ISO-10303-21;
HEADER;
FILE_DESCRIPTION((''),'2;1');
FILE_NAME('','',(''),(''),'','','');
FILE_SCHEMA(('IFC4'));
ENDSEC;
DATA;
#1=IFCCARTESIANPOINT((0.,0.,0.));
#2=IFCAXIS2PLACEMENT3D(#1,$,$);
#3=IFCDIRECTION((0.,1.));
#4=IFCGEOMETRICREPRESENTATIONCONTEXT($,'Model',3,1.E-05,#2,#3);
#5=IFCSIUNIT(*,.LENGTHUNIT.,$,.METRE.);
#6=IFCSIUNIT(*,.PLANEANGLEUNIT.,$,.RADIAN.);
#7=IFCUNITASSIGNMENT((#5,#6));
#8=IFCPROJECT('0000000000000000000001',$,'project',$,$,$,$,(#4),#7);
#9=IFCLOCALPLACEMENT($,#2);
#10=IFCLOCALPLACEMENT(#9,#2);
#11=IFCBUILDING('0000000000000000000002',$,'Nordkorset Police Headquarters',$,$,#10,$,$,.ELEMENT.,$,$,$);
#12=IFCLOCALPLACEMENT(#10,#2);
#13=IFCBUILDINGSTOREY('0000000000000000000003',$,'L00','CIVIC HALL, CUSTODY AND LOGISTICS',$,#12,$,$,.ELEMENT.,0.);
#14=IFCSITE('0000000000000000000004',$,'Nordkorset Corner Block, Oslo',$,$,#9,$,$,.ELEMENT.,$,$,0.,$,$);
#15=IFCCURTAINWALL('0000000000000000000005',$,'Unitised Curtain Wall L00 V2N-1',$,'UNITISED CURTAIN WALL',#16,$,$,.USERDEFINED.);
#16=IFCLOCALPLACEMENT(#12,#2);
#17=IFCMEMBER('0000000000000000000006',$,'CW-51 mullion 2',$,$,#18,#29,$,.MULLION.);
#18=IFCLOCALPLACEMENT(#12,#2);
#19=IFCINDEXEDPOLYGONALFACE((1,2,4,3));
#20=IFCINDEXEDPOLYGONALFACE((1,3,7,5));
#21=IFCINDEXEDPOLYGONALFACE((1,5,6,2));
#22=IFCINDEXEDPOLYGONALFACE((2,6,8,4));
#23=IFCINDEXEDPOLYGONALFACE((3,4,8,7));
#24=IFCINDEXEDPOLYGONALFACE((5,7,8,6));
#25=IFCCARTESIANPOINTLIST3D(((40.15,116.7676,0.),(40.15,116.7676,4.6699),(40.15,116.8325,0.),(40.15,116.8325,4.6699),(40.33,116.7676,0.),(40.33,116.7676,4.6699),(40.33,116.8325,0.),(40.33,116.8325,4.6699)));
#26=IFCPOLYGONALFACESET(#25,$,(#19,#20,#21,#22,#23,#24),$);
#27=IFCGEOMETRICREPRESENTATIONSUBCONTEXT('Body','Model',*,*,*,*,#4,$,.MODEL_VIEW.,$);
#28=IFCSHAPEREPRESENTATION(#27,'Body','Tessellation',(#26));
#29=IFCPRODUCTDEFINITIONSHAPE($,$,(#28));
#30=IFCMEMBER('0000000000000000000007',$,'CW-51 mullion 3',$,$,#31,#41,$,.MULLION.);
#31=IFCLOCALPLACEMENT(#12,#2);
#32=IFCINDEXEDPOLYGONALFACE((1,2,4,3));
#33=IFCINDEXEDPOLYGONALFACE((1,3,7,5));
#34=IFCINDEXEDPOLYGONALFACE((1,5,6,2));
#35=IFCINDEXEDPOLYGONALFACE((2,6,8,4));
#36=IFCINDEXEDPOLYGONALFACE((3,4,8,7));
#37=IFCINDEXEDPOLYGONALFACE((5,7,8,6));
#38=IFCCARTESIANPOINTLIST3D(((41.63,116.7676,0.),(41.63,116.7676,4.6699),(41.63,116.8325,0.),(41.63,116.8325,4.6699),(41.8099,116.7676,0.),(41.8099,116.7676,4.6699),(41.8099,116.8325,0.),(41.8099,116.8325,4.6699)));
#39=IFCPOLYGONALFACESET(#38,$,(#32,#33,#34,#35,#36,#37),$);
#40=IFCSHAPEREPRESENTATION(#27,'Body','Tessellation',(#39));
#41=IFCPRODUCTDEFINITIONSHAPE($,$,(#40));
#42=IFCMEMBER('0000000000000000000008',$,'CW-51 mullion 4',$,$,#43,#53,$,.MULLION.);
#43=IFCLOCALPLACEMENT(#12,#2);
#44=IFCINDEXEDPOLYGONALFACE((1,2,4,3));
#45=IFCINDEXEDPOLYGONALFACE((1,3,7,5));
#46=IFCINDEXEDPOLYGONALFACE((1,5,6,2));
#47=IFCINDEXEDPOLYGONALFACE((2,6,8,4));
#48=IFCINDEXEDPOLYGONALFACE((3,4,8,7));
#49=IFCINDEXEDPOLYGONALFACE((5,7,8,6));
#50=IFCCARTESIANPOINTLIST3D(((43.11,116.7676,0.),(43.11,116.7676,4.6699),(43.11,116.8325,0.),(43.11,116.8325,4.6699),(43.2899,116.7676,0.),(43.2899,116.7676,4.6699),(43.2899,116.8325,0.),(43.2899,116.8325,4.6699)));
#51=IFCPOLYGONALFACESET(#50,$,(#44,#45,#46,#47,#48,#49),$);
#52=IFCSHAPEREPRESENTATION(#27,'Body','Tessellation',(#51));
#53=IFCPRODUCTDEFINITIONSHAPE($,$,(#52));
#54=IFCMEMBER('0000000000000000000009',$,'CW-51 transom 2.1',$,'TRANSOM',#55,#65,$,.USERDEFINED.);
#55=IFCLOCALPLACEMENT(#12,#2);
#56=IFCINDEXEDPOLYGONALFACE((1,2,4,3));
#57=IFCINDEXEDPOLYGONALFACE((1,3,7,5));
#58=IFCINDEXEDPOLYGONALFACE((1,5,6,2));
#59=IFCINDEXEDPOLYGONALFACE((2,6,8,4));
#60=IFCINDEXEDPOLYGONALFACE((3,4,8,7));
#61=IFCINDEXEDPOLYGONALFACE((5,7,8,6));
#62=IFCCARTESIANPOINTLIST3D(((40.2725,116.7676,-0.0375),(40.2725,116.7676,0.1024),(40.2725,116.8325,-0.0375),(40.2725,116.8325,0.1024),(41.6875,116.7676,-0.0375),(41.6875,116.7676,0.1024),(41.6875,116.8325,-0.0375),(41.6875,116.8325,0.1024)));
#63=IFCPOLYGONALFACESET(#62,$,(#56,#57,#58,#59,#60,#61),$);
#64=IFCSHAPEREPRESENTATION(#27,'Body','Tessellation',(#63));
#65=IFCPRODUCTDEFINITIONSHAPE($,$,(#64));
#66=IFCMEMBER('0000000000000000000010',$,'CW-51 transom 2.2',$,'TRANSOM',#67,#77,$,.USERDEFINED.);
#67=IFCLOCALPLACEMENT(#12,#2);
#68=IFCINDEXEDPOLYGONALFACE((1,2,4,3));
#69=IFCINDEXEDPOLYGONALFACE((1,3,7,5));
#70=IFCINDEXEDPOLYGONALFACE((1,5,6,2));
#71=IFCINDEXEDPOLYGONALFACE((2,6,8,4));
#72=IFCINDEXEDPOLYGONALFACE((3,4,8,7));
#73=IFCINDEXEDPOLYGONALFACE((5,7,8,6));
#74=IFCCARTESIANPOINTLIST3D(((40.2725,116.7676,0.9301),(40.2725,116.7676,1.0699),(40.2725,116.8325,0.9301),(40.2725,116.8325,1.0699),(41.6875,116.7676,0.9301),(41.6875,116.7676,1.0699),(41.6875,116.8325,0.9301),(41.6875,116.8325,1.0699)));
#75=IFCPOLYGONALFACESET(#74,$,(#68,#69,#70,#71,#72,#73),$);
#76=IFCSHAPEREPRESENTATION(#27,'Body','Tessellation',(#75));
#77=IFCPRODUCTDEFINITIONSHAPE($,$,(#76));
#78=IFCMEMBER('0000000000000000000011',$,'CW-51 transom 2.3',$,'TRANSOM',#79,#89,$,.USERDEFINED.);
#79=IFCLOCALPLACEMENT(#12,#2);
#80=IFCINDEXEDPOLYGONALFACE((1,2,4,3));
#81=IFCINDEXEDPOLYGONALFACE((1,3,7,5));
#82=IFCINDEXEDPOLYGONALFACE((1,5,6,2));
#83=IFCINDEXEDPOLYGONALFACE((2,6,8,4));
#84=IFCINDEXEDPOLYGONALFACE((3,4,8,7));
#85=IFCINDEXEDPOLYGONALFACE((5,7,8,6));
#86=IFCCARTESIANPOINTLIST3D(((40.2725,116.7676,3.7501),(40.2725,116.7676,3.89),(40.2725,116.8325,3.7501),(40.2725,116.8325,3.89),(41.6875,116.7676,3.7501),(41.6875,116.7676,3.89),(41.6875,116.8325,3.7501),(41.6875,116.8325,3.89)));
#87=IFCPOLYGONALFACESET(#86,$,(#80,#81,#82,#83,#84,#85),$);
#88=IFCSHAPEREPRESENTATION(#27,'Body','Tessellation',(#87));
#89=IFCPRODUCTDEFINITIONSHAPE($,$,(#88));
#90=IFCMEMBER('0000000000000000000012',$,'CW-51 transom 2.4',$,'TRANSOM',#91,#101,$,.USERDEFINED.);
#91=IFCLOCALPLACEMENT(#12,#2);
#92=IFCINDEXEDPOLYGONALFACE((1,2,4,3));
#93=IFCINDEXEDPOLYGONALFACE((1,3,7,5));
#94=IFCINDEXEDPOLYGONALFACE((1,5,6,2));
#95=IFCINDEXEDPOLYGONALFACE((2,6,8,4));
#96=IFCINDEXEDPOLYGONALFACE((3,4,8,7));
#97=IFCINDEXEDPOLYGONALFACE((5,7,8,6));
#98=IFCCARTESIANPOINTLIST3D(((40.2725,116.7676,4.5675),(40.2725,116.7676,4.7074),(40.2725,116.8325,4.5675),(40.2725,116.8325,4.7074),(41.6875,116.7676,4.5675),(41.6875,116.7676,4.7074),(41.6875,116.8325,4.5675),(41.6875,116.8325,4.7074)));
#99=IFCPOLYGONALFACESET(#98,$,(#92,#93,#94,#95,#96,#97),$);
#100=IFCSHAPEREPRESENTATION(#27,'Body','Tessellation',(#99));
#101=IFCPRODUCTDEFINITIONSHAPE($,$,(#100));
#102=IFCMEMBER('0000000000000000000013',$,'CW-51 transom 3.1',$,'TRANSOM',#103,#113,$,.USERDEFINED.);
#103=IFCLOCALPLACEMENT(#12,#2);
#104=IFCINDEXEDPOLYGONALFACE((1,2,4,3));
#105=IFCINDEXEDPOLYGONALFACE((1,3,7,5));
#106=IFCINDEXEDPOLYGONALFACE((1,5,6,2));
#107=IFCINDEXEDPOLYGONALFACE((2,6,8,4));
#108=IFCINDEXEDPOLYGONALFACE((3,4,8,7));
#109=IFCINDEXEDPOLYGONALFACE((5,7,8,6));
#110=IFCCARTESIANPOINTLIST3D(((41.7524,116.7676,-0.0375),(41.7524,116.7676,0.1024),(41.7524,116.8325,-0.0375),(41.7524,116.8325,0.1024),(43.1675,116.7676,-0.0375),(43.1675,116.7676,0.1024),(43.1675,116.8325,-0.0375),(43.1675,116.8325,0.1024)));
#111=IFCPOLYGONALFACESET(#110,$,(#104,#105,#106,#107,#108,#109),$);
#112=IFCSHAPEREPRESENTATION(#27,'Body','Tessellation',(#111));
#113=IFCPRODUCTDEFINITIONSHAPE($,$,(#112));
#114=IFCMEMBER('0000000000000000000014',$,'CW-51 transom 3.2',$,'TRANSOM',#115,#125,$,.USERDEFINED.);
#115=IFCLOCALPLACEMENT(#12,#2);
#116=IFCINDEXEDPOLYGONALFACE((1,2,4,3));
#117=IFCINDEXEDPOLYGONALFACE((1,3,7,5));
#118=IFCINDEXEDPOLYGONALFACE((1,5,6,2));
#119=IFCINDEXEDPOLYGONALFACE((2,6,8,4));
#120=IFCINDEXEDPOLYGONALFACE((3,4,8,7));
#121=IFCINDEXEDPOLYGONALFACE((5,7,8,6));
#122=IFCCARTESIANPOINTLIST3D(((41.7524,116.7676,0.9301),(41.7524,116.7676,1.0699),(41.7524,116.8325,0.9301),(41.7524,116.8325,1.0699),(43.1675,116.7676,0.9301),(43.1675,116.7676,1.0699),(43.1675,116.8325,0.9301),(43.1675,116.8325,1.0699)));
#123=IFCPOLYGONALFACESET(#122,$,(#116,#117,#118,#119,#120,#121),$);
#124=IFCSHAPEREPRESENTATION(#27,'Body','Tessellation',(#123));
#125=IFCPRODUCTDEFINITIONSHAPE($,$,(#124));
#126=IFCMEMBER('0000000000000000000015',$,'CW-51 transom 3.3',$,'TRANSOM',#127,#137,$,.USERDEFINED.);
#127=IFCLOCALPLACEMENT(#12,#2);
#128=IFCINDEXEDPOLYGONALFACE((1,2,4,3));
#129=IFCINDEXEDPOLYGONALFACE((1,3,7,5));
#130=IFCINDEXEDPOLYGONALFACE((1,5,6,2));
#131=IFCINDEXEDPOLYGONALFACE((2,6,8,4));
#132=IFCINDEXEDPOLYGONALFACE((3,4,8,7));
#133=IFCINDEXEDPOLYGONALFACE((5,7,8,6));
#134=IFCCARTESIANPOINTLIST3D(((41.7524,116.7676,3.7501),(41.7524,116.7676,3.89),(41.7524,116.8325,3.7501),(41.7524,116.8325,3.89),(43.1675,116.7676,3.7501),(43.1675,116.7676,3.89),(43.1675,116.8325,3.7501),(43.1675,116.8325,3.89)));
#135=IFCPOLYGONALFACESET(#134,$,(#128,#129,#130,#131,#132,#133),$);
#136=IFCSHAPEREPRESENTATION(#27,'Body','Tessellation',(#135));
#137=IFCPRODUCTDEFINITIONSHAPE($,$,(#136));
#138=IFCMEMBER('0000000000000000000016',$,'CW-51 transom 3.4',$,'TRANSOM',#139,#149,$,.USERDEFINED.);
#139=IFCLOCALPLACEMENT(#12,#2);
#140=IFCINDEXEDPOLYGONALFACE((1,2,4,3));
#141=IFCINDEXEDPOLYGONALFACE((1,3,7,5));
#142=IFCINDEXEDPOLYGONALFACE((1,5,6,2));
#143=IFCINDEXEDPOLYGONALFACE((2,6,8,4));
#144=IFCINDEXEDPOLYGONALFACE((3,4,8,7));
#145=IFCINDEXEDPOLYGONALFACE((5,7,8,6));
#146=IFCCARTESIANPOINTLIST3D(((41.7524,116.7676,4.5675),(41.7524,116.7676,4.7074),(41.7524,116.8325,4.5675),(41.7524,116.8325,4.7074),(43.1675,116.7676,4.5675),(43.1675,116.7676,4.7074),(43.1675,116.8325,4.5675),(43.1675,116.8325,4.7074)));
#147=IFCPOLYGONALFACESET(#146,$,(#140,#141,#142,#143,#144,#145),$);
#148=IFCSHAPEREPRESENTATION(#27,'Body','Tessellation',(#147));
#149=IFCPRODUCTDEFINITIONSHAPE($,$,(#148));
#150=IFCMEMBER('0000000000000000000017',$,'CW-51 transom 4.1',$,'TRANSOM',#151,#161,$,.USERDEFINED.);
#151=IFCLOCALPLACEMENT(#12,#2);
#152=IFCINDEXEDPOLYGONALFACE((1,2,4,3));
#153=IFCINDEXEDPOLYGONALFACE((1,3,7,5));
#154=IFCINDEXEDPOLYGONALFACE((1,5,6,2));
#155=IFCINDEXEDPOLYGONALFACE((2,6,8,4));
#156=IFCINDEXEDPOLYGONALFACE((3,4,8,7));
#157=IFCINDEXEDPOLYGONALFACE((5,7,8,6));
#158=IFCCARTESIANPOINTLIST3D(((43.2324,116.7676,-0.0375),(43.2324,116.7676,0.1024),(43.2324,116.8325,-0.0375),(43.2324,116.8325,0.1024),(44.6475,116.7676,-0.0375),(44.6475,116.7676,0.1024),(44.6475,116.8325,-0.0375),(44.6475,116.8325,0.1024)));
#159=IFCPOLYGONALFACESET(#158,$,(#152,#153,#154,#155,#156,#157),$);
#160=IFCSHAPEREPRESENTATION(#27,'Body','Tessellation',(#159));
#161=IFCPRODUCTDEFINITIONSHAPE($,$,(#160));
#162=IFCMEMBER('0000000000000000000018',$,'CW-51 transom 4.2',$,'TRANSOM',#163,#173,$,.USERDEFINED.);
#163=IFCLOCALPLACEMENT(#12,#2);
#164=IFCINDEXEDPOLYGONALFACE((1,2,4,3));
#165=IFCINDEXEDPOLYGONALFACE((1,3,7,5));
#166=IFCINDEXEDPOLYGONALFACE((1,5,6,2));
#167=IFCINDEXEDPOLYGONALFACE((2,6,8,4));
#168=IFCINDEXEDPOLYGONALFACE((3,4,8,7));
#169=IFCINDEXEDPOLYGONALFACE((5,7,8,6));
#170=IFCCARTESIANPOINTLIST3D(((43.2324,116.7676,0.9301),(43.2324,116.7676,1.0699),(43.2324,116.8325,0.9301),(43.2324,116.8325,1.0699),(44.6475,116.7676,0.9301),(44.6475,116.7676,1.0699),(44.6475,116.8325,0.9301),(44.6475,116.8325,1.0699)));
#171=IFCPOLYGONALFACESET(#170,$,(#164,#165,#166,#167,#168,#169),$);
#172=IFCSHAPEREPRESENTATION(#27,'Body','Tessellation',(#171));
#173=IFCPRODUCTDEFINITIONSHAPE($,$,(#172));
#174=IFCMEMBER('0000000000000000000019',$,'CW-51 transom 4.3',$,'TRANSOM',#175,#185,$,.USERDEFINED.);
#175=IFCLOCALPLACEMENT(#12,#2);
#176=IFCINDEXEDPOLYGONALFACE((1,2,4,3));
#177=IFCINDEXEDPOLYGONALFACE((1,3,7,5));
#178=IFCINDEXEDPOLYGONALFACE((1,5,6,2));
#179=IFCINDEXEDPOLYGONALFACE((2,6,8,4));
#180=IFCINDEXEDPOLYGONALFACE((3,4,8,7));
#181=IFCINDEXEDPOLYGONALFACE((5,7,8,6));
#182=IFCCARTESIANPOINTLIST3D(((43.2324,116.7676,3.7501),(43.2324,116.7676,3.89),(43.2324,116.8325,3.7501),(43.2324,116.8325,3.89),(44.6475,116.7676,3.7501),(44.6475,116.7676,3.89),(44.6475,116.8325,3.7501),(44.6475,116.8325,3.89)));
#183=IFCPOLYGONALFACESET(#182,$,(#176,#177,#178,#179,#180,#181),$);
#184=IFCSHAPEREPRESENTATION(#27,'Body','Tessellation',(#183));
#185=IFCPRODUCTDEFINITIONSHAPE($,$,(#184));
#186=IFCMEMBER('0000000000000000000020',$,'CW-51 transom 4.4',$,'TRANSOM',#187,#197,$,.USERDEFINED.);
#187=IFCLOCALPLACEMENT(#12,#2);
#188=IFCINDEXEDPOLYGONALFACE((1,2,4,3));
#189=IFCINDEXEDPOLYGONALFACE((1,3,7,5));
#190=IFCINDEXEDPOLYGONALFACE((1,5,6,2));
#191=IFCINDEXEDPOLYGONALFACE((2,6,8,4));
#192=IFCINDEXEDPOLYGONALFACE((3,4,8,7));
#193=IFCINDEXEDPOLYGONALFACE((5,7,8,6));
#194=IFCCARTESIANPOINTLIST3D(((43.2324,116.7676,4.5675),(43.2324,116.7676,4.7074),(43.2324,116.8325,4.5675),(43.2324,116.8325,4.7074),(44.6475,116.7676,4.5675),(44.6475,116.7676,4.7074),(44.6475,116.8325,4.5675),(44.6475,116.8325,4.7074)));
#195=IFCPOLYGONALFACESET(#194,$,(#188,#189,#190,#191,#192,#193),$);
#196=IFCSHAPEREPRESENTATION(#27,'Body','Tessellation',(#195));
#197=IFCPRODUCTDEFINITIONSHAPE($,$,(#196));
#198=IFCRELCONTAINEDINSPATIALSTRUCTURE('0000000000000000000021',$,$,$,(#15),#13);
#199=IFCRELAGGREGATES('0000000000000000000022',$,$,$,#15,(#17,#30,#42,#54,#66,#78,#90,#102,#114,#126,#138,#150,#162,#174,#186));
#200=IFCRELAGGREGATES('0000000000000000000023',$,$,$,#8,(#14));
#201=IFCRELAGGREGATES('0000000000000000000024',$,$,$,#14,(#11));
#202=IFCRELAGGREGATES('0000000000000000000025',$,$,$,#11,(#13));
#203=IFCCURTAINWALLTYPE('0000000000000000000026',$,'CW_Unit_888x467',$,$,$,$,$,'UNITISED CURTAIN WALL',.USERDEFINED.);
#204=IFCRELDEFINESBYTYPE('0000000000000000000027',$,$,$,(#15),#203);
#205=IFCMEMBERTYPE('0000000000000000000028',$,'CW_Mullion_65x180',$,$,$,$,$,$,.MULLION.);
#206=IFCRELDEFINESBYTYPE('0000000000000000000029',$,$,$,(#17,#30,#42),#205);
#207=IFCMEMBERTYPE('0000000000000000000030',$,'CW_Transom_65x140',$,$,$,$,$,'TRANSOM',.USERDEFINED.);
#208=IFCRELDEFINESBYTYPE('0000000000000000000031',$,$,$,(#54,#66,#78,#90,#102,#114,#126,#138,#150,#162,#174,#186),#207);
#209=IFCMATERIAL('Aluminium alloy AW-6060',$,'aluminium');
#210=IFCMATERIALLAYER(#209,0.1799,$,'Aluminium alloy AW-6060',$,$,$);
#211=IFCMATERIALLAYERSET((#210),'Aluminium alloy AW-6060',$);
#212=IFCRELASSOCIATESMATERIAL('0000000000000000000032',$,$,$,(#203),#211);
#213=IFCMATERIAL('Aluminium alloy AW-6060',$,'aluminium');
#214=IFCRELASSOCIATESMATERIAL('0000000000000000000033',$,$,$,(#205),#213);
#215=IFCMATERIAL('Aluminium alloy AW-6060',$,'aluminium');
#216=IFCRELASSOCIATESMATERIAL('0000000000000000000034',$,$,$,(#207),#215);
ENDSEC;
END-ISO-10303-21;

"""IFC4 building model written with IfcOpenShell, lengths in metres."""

from ifc_helpers import new_model, si_unit, direction, frame, origin, origin_2d, place, context, subcontext, project, spatial, rectangle, extrude, material, layer, layer_set, material_profile, profile_set, type_object, element, aggregate, save


model = new_model("IFC4")

# Units and contexts
model_context = context("Model", 3, precision=1e-05, world=origin(), true_north=direction((0.0, 1.0)))
body_context = subcontext(model_context, "Body", "Model", "MODEL_VIEW")
ifc_project = project(units=[si_unit("LENGTHUNIT", "METRE"), si_unit("PLANEANGLEUNIT", "RADIAN")], contexts=[model_context])

# Site, building, storey
site_placement = place(None, origin())
site = spatial("IfcSite", under=ifc_project, at=site_placement, Name="Nordkorset Corner Block, Oslo", CompositionType="ELEMENT", RefElevation=0.0)
building_placement = place(site_placement, origin())
building = spatial("IfcBuilding", under=site, at=building_placement, Name="Nordkorset Police Headquarters", CompositionType="ELEMENT")
storey_placement = place(building_placement, origin())
storey = spatial("IfcBuildingStorey", under=building, at=storey_placement, Name="L00", Description="CIVIC HALL, CUSTODY AND LOGISTICS", CompositionType="ELEMENT", Elevation=0.0)

# Curtain wall, members
ifc_material_1 = material(Name="Aluminium alloy AW-6060", Category="aluminium")
ifc_layer_1 = layer(ifc_material_1, 0.1799, Name="Aluminium alloy AW-6060")
ifc_layer_set_1 = layer_set([ifc_layer_1], Name="Aluminium alloy AW-6060")
curtain_wall_type = type_object("IfcCurtainWallType", Name="CW_Unit_888x467", ElementType="UNITISED CURTAIN WALL", PredefinedType="USERDEFINED", material=ifc_layer_set_1)
curtain_wall_placement = place(storey_placement, origin())
curtain_wall = element("IfcCurtainWall", 1, at=curtain_wall_placement, inside=storey, type_object=curtain_wall_type, Name="Unitised Curtain Wall L00 V2N-1", ObjectType="UNITISED CURTAIN WALL", PredefinedType="USERDEFINED")
ifc_material_2 = material(Name="Aluminium alloy AW-6060", Category="aluminium")
ifc_material_profile_1 = material_profile(ifc_material_2, rectangle(XDim=0.0649, YDim=0.1799, at=origin_2d()), Name="ALU MULL 65x180")
ifc_profile_set_1 = profile_set([ifc_material_profile_1], Name="Aluminium alloy AW-6060")
member_type_1 = type_object("IfcMemberType", Name="CW_Mullion_65x180", PredefinedType="MULLION", material=ifc_profile_set_1)
member_1_placement = place(storey_placement, frame((40.24, 116.8, 0.0), z_axis=(0.0, 0.0, 1.0), x_axis=(0.0, 1.0, 0.0)))
member_1 = element("IfcMember", 2, at=member_1_placement, type_object=member_type_1, Name="CW-51 mullion 2", PredefinedType="MULLION", context=body_context, shape_type="SweptSolid", body=[
    extrude(rectangle(XDim=0.0649, YDim=0.1799, at=origin_2d()), origin(), (0.0, 0.0, 1.0), 4.6699),
])
member_2_placement = place(storey_placement, frame((41.72, 116.8, 0.0), z_axis=(0.0, 0.0, 1.0), x_axis=(0.0, 1.0, 0.0)))
member_2 = element("IfcMember", 3, at=member_2_placement, type_object=member_type_1, Name="CW-51 mullion 3", PredefinedType="MULLION", context=body_context, shape_type="SweptSolid", body=[
    extrude(rectangle(XDim=0.0649, YDim=0.1799, at=origin_2d()), origin(), (0.0, 0.0, 1.0), 4.6699),
])
member_3_placement = place(storey_placement, frame((43.2, 116.8, 0.0), z_axis=(0.0, 0.0, 1.0), x_axis=(0.0, 1.0, 0.0)))
member_3 = element("IfcMember", 4, at=member_3_placement, type_object=member_type_1, Name="CW-51 mullion 4", PredefinedType="MULLION", context=body_context, shape_type="SweptSolid", body=[
    extrude(rectangle(XDim=0.0649, YDim=0.1799, at=origin_2d()), origin(), (0.0, 0.0, 1.0), 4.6699),
])
ifc_material_3 = material(Name="Aluminium alloy AW-6060", Category="aluminium")
ifc_material_profile_2 = material_profile(ifc_material_3, rectangle(XDim=0.0649, YDim=0.1399, at=origin_2d()), Name="ALU TRAN 65x140")
ifc_profile_set_2 = profile_set([ifc_material_profile_2], Name="Aluminium alloy AW-6060")
member_type_2 = type_object("IfcMemberType", Name="CW_Transom_65x140", ElementType="TRANSOM", PredefinedType="USERDEFINED", material=ifc_profile_set_2)
member_4_placement = place(storey_placement, frame((40.2725, 116.8, 0.0325), z_axis=(1.0, 0.0, 0.0), x_axis=(0.0, 1.0, 0.0)))
member_4 = element("IfcMember", 5, at=member_4_placement, type_object=member_type_2, Name="CW-51 transom 2.1", ObjectType="TRANSOM", PredefinedType="USERDEFINED", context=body_context, shape_type="SweptSolid", body=[
    extrude(rectangle(XDim=0.0649, YDim=0.1399, at=origin_2d()), origin(), (0.0, 0.0, 1.0), 1.415),
])
member_5_placement = place(storey_placement, frame((40.2725, 116.8, 1.0), z_axis=(1.0, 0.0, 0.0), x_axis=(0.0, 1.0, 0.0)))
member_5 = element("IfcMember", 6, at=member_5_placement, type_object=member_type_2, Name="CW-51 transom 2.2", ObjectType="TRANSOM", PredefinedType="USERDEFINED", context=body_context, shape_type="SweptSolid", body=[
    extrude(rectangle(XDim=0.0649, YDim=0.1399, at=origin_2d()), origin(), (0.0, 0.0, 1.0), 1.415),
])
member_6_placement = place(storey_placement, frame((40.2725, 116.8, 3.8201), z_axis=(1.0, 0.0, 0.0), x_axis=(0.0, 1.0, 0.0)))
member_6 = element("IfcMember", 7, at=member_6_placement, type_object=member_type_2, Name="CW-51 transom 2.3", ObjectType="TRANSOM", PredefinedType="USERDEFINED", context=body_context, shape_type="SweptSolid", body=[
    extrude(rectangle(XDim=0.0649, YDim=0.1399, at=origin_2d()), origin(), (0.0, 0.0, 1.0), 1.415),
])
member_7_placement = place(storey_placement, frame((40.2725, 116.8, 4.6375), z_axis=(1.0, 0.0, 0.0), x_axis=(0.0, 1.0, 0.0)))
member_7 = element("IfcMember", 8, at=member_7_placement, type_object=member_type_2, Name="CW-51 transom 2.4", ObjectType="TRANSOM", PredefinedType="USERDEFINED", context=body_context, shape_type="SweptSolid", body=[
    extrude(rectangle(XDim=0.0649, YDim=0.1399, at=origin_2d()), origin(), (0.0, 0.0, 1.0), 1.415),
])
member_8_placement = place(storey_placement, frame((41.7524, 116.8, 0.0325), z_axis=(1.0, 0.0, 0.0), x_axis=(0.0, 1.0, 0.0)))
member_8 = element("IfcMember", 9, at=member_8_placement, type_object=member_type_2, Name="CW-51 transom 3.1", ObjectType="TRANSOM", PredefinedType="USERDEFINED", context=body_context, shape_type="SweptSolid", body=[
    extrude(rectangle(XDim=0.0649, YDim=0.1399, at=origin_2d()), origin(), (0.0, 0.0, 1.0), 1.415),
])
member_9_placement = place(storey_placement, frame((41.7524, 116.8, 1.0), z_axis=(1.0, 0.0, 0.0), x_axis=(0.0, 1.0, 0.0)))
member_9 = element("IfcMember", 10, at=member_9_placement, type_object=member_type_2, Name="CW-51 transom 3.2", ObjectType="TRANSOM", PredefinedType="USERDEFINED", context=body_context, shape_type="SweptSolid", body=[
    extrude(rectangle(XDim=0.0649, YDim=0.1399, at=origin_2d()), origin(), (0.0, 0.0, 1.0), 1.415),
])
member_10_placement = place(storey_placement, frame((41.7524, 116.8, 3.8201), z_axis=(1.0, 0.0, 0.0), x_axis=(0.0, 1.0, 0.0)))
member_10 = element("IfcMember", 11, at=member_10_placement, type_object=member_type_2, Name="CW-51 transom 3.3", ObjectType="TRANSOM", PredefinedType="USERDEFINED", context=body_context, shape_type="SweptSolid", body=[
    extrude(rectangle(XDim=0.0649, YDim=0.1399, at=origin_2d()), origin(), (0.0, 0.0, 1.0), 1.415),
])
member_11_placement = place(storey_placement, frame((41.7524, 116.8, 4.6375), z_axis=(1.0, 0.0, 0.0), x_axis=(0.0, 1.0, 0.0)))
member_11 = element("IfcMember", 12, at=member_11_placement, type_object=member_type_2, Name="CW-51 transom 3.4", ObjectType="TRANSOM", PredefinedType="USERDEFINED", context=body_context, shape_type="SweptSolid", body=[
    extrude(rectangle(XDim=0.0649, YDim=0.1399, at=origin_2d()), origin(), (0.0, 0.0, 1.0), 1.415),
])
member_12_placement = place(storey_placement, frame((43.2324, 116.8, 0.0325), z_axis=(1.0, 0.0, 0.0), x_axis=(0.0, 1.0, 0.0)))
member_12 = element("IfcMember", 13, at=member_12_placement, type_object=member_type_2, Name="CW-51 transom 4.1", ObjectType="TRANSOM", PredefinedType="USERDEFINED", context=body_context, shape_type="SweptSolid", body=[
    extrude(rectangle(XDim=0.0649, YDim=0.1399, at=origin_2d()), origin(), (0.0, 0.0, 1.0), 1.415),
])
member_13_placement = place(storey_placement, frame((43.2324, 116.8, 1.0), z_axis=(1.0, 0.0, 0.0), x_axis=(0.0, 1.0, 0.0)))
member_13 = element("IfcMember", 14, at=member_13_placement, type_object=member_type_2, Name="CW-51 transom 4.2", ObjectType="TRANSOM", PredefinedType="USERDEFINED", context=body_context, shape_type="SweptSolid", body=[
    extrude(rectangle(XDim=0.0649, YDim=0.1399, at=origin_2d()), origin(), (0.0, 0.0, 1.0), 1.415),
])
member_14_placement = place(storey_placement, frame((43.2324, 116.8, 3.8201), z_axis=(1.0, 0.0, 0.0), x_axis=(0.0, 1.0, 0.0)))
member_14 = element("IfcMember", 15, at=member_14_placement, type_object=member_type_2, Name="CW-51 transom 4.3", ObjectType="TRANSOM", PredefinedType="USERDEFINED", context=body_context, shape_type="SweptSolid", body=[
    extrude(rectangle(XDim=0.0649, YDim=0.1399, at=origin_2d()), origin(), (0.0, 0.0, 1.0), 1.415),
])
member_15_placement = place(storey_placement, frame((43.2324, 116.8, 4.6375), z_axis=(1.0, 0.0, 0.0), x_axis=(0.0, 1.0, 0.0)))
member_15 = element("IfcMember", 16, at=member_15_placement, type_object=member_type_2, Name="CW-51 transom 4.4", ObjectType="TRANSOM", PredefinedType="USERDEFINED", context=body_context, shape_type="SweptSolid", body=[
    extrude(rectangle(XDim=0.0649, YDim=0.1399, at=origin_2d()), origin(), (0.0, 0.0, 1.0), 1.415),
])
aggregate(curtain_wall, [member_1, member_2, member_3, member_4, member_5, member_6, member_7, member_8, member_9, member_10, member_11, member_12, member_13, member_14, member_15])

save(model, "model.ifc")
